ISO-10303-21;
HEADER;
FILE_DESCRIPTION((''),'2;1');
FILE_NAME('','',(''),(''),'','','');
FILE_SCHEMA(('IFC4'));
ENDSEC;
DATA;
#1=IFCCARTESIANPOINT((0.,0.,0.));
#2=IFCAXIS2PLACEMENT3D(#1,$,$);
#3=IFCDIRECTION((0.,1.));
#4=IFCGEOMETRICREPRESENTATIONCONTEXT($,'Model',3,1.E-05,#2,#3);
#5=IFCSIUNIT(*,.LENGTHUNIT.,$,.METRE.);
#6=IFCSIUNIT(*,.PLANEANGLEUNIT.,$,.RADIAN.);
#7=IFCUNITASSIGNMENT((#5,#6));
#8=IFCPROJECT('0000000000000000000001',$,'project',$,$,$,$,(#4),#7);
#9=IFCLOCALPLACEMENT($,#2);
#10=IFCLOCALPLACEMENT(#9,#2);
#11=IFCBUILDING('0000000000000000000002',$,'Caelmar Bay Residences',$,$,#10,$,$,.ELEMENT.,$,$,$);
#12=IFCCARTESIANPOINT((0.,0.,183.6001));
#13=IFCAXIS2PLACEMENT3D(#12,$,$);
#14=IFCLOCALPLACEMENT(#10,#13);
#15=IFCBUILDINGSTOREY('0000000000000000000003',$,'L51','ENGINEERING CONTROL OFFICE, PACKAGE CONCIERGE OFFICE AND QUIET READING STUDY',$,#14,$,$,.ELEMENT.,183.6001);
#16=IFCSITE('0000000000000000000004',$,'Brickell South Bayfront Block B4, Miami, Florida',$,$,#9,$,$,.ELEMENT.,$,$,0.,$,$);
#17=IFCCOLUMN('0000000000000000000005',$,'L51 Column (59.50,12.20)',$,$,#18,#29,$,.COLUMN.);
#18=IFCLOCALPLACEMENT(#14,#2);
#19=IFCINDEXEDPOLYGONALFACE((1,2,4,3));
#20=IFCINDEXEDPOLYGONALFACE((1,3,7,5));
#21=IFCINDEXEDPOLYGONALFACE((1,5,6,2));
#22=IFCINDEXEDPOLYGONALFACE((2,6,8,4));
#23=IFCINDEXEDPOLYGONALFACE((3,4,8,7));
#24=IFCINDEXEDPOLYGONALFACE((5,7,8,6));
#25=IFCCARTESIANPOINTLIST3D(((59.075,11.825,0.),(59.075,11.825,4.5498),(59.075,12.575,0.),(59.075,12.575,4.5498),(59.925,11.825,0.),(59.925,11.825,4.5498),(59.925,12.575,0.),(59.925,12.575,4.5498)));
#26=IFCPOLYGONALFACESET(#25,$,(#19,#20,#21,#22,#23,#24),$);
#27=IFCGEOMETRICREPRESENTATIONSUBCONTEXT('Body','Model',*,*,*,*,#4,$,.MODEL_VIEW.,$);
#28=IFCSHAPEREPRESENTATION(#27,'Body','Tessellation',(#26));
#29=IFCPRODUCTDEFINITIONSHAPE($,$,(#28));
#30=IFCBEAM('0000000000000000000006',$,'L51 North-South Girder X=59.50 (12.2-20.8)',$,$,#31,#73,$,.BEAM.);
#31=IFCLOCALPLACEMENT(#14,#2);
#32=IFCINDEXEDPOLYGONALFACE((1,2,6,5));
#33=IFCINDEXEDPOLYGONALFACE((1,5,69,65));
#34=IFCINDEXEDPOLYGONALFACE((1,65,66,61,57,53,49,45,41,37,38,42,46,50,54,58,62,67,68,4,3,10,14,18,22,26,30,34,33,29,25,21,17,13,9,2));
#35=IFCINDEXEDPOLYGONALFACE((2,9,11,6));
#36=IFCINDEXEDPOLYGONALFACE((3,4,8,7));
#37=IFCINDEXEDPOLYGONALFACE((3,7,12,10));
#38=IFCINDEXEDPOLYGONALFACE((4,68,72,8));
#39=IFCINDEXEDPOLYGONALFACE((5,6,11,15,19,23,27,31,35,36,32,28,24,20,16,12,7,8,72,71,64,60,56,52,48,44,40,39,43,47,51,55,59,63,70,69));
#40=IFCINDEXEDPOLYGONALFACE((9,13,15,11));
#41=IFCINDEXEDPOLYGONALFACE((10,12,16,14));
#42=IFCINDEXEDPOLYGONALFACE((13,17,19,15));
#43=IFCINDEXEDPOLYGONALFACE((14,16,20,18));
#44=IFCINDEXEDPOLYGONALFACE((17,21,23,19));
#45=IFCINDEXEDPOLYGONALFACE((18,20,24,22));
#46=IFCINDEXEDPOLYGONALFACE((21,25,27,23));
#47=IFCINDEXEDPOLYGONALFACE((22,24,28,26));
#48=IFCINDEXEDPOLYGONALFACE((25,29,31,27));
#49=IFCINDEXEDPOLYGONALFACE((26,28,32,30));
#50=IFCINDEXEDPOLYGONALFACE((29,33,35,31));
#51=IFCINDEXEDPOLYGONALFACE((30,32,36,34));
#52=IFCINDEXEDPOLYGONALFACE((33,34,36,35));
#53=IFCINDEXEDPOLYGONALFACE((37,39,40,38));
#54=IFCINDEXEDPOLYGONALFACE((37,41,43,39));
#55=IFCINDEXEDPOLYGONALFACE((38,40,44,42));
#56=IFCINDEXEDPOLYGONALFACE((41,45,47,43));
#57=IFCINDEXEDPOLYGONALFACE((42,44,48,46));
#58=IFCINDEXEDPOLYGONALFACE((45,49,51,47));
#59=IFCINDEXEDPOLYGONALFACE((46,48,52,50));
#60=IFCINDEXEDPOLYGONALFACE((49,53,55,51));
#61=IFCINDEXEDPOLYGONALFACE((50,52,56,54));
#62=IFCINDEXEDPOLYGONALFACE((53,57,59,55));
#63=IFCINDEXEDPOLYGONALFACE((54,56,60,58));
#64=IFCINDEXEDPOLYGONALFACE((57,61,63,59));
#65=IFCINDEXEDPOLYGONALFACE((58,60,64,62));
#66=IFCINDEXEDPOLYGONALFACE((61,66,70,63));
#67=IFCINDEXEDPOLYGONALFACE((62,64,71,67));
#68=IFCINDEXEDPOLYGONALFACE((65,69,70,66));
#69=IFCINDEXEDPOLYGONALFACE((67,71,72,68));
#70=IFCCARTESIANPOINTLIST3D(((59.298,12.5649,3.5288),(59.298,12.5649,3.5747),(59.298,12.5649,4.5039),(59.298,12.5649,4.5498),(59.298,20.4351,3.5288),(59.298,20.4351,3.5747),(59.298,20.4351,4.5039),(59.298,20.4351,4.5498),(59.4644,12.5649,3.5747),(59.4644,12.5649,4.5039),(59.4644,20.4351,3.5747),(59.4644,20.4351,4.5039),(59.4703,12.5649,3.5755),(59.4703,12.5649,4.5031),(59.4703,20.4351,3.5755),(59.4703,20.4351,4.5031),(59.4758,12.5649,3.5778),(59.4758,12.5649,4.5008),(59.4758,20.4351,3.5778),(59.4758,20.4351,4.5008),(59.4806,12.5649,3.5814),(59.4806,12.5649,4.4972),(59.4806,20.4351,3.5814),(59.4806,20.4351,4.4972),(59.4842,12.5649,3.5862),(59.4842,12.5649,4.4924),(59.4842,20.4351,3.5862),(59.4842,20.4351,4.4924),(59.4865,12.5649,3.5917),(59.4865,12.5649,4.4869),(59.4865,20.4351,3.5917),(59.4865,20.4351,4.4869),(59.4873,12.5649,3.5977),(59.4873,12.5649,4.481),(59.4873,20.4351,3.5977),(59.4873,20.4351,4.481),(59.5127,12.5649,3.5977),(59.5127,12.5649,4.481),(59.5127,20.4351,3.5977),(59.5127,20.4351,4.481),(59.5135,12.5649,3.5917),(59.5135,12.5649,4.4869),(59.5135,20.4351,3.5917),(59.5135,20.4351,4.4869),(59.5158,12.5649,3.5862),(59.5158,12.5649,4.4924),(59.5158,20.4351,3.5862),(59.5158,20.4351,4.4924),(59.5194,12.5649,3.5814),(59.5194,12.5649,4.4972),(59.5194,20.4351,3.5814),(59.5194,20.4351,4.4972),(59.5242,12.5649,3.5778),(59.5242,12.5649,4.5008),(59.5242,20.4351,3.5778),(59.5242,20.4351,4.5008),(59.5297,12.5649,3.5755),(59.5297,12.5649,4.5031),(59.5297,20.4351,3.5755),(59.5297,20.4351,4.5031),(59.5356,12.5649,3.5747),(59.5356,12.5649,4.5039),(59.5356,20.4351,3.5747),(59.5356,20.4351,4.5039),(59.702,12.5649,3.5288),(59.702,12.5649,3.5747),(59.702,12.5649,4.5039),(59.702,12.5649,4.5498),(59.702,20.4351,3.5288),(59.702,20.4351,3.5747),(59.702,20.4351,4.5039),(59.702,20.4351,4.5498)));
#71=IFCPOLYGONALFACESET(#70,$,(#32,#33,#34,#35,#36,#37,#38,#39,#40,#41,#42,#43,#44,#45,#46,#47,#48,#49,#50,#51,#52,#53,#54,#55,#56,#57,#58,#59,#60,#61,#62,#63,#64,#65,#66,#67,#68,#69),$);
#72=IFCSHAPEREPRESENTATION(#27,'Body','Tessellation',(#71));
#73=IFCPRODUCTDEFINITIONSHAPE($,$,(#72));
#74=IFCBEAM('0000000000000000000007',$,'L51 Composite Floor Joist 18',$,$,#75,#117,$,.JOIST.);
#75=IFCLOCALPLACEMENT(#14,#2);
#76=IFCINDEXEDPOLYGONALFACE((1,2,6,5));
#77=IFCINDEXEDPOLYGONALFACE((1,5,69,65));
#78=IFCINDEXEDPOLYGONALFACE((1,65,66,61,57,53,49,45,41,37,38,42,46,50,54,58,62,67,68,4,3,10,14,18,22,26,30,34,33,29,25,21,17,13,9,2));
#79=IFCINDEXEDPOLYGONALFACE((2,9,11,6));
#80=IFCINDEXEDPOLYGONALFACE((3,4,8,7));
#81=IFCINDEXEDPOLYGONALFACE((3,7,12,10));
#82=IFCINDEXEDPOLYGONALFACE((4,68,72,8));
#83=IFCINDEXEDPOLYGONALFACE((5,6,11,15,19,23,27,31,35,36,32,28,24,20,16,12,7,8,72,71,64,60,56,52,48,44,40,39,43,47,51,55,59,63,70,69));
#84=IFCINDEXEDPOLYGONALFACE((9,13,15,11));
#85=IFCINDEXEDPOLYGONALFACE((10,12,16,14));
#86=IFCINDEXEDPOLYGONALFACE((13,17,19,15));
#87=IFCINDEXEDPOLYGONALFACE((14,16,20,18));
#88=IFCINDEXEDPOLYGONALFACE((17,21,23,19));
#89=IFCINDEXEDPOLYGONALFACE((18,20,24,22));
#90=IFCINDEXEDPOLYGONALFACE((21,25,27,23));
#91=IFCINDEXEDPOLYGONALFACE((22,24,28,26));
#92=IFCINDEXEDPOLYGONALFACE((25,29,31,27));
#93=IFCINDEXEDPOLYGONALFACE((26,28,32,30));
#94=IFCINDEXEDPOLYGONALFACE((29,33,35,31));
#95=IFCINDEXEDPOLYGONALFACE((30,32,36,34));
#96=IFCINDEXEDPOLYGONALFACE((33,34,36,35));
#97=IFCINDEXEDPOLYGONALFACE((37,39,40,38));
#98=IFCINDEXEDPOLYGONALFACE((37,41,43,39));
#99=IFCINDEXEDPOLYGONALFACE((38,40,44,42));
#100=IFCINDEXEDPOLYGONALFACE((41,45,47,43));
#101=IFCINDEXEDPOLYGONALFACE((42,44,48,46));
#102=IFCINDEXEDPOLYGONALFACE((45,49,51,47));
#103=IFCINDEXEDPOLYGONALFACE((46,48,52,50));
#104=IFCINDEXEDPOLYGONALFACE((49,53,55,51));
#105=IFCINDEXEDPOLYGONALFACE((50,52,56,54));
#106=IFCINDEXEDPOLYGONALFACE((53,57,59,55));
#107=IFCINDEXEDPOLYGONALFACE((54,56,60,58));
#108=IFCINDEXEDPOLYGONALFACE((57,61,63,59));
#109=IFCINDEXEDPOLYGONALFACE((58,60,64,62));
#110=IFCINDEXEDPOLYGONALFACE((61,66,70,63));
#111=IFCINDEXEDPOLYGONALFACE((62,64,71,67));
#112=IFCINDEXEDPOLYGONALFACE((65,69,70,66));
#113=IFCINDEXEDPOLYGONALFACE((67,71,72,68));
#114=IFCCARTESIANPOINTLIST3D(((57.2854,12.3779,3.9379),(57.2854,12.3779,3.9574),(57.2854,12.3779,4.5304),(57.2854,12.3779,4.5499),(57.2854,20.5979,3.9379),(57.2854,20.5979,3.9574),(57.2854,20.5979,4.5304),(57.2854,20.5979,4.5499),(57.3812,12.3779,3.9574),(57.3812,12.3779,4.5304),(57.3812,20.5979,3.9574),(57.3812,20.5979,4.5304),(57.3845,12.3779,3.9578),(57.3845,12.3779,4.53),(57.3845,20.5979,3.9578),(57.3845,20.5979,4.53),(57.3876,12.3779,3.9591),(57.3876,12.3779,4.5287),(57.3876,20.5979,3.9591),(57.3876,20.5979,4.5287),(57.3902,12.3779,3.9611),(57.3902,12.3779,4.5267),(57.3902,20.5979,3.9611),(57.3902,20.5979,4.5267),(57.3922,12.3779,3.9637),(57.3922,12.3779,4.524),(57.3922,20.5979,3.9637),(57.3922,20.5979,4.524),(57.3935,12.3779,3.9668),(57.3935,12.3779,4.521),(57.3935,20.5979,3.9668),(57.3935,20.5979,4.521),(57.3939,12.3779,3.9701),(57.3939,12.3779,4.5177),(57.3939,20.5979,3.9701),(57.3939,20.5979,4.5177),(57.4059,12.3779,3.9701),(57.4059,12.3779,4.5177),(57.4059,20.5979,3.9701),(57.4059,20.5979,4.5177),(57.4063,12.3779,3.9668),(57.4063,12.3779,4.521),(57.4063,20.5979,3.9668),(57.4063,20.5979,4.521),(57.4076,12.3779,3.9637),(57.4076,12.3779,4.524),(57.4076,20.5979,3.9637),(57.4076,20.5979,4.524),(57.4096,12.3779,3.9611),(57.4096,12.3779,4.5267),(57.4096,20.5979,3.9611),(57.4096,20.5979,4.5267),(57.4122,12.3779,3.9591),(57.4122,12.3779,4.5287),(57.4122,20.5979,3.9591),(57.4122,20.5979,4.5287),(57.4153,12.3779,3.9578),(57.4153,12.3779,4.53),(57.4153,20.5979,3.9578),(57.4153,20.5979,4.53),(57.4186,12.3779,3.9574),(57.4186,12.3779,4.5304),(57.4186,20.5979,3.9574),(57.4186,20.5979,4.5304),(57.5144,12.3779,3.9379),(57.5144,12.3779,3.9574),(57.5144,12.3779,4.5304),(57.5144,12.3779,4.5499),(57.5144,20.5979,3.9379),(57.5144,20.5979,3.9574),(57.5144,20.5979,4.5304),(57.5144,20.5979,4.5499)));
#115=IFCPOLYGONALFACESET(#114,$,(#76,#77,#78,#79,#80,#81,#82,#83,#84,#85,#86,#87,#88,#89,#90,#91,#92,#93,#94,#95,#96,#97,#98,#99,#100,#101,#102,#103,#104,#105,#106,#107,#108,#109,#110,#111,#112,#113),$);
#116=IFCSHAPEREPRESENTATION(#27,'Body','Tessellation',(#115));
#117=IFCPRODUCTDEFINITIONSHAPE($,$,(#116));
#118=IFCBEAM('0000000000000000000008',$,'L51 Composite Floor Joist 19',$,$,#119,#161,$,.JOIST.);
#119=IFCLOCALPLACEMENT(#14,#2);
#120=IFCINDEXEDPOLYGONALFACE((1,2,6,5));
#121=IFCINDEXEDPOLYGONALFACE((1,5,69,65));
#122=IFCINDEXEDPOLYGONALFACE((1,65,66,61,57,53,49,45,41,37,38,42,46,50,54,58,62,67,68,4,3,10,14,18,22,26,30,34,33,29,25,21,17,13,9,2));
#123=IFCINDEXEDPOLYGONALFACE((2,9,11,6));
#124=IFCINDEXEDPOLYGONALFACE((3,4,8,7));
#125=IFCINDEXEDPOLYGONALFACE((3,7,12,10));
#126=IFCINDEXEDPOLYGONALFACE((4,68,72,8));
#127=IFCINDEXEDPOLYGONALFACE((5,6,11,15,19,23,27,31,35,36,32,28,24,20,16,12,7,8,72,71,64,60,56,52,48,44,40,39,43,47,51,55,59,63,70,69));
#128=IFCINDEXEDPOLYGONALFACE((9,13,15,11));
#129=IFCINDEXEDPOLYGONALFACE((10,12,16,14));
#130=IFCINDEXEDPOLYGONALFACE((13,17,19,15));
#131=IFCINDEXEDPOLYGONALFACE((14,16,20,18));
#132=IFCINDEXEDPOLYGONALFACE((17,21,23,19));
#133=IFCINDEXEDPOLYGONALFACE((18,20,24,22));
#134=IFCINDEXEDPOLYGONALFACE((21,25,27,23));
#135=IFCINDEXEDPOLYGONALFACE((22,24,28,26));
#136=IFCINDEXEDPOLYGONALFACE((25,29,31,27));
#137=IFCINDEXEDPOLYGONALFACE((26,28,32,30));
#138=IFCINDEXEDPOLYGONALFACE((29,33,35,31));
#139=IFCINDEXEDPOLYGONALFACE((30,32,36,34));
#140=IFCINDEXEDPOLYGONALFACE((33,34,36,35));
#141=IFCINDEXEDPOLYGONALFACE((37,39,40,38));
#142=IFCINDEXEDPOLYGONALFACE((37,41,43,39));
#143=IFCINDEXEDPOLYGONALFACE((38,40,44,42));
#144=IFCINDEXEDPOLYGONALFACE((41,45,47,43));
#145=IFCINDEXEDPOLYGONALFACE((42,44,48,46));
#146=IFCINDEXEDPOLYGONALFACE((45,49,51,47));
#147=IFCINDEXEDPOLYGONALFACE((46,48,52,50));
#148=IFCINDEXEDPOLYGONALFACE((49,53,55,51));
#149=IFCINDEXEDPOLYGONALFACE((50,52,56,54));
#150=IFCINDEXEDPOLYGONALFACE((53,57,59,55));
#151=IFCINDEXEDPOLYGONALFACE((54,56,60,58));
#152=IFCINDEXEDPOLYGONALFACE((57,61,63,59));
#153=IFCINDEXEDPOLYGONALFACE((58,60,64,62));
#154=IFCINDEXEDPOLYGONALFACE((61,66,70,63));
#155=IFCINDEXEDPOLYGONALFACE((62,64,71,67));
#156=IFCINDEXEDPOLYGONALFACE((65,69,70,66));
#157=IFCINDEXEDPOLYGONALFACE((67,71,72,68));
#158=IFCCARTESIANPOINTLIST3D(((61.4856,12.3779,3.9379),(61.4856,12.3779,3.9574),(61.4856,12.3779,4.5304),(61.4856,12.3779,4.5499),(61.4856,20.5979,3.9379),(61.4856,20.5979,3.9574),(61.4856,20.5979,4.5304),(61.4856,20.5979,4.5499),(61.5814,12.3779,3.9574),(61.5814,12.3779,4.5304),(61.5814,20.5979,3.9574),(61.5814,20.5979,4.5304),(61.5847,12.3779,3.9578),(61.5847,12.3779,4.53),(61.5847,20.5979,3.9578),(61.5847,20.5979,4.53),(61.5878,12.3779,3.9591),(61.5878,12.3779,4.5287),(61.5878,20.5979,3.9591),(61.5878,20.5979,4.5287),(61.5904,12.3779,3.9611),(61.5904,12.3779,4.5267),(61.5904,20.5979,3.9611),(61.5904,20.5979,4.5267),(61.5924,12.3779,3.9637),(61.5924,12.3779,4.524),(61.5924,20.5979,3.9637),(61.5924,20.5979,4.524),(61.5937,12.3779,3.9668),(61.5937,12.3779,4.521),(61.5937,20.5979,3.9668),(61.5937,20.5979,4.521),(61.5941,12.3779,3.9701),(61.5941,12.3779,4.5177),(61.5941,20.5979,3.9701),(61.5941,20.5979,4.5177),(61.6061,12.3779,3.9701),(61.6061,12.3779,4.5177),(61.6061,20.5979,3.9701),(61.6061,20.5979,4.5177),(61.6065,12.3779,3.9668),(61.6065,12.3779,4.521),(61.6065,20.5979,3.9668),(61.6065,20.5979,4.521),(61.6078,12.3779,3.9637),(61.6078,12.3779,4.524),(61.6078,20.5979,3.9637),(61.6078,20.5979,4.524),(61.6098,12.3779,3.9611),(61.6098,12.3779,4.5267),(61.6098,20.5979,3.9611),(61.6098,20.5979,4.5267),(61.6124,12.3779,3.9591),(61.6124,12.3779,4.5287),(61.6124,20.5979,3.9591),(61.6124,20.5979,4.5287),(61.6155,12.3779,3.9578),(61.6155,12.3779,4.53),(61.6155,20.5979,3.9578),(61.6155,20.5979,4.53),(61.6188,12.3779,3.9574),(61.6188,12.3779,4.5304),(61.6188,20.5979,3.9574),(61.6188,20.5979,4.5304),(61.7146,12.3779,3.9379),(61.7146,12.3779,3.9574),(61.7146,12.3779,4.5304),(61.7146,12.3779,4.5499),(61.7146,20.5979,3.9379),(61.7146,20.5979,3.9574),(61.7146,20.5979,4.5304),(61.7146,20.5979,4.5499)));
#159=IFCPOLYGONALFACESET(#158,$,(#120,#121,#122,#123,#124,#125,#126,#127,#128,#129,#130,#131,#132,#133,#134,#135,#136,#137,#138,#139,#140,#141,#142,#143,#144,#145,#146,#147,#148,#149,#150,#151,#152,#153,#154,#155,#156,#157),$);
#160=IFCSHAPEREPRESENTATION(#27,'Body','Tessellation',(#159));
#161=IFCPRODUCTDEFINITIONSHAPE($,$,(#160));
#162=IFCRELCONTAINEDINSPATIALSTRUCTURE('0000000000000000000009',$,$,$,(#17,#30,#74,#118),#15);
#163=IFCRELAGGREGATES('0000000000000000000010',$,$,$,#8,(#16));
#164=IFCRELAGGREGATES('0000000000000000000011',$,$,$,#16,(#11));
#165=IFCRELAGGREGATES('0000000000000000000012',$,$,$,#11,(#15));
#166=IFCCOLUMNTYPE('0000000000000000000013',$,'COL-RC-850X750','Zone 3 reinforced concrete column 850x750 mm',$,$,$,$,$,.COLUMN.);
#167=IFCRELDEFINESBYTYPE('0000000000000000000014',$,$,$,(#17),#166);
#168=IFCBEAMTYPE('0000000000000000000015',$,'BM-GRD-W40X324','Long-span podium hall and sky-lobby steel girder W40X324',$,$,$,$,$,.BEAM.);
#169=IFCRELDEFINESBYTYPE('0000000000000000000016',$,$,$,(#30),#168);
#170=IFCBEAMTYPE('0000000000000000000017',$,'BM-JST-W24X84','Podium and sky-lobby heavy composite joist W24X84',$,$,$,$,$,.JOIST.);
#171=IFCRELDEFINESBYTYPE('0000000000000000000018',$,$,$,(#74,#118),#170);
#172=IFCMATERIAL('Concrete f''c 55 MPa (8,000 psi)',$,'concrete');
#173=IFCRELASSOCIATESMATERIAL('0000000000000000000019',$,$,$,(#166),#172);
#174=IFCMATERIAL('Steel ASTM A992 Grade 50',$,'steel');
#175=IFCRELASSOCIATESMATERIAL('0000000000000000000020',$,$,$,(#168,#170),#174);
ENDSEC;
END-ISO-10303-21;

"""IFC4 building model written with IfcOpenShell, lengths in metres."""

from ifc_helpers import new_model, si_unit, direction, frame, origin, origin_2d, place, context, subcontext, project, spatial, rectangle, i_section, extrude, material, material_profile, profile_set, type_object, element, save


model = new_model("IFC4")

# Units and contexts
model_context = context("Model", 3, precision=1e-05, world=origin(), true_north=direction((0.0, 1.0)))
body_context = subcontext(model_context, "Body", "Model", "MODEL_VIEW")
ifc_project = project(units=[si_unit("LENGTHUNIT", "METRE"), si_unit("PLANEANGLEUNIT", "RADIAN")], contexts=[model_context])

# Site, building, storey
site_placement = place(None, origin())
site = spatial("IfcSite", under=ifc_project, at=site_placement, Name="Brickell South Bayfront Block B4, Miami, Florida", CompositionType="ELEMENT", RefElevation=0.0)
building_placement = place(site_placement, origin())
building = spatial("IfcBuilding", under=site, at=building_placement, Name="Caelmar Bay Residences", CompositionType="ELEMENT")
storey_placement = place(building_placement, frame((0.0, 0.0, 183.6001)))
storey = spatial("IfcBuildingStorey", under=building, at=storey_placement, Name="L51", Description="ENGINEERING CONTROL OFFICE, PACKAGE CONCIERGE OFFICE AND QUIET READING STUDY", CompositionType="ELEMENT", Elevation=183.6001)

# Column
ifc_material_1 = material(Name="Concrete f'c 55 MPa (8,000 psi)", Category="concrete")
ifc_material_profile_1 = material_profile(ifc_material_1, rectangle(XDim=0.8501, YDim=0.75, at=origin_2d()), Name="RC-COL-850X750")
ifc_profile_set_1 = profile_set([ifc_material_profile_1], Name="Concrete f'c 55 MPa (8,000 psi)")
column_type = type_object("IfcColumnType", Name="COL-RC-850X750", Description="Zone 3 reinforced concrete column 850x750 mm", PredefinedType="COLUMN", material=ifc_profile_set_1)
column_placement = place(storey_placement, frame((59.5, 12.2, 0.0), z_axis=(0.0, 0.0, 1.0), x_axis=(1.0, 0.0, 0.0)))
element("IfcColumn", 1, at=column_placement, inside=storey, type_object=column_type, Name="L51 Column (59.50,12.20)", PredefinedType="COLUMN", context=body_context, shape_type="SweptSolid", body=[
    extrude(rectangle(XDim=0.8501, YDim=0.75, at=origin_2d()), origin(), (0.0, 0.0, 1.0), 4.5498),
])

# Beams
ifc_material_2 = material(Name="Steel ASTM A992 Grade 50", Category="steel")
ifc_material_profile_2 = material_profile(ifc_material_2, i_section(OverallWidth=0.4041, OverallDepth=1.021, WebThickness=0.0254, FlangeThickness=0.0459, FilletRadius=0.0229, at=origin_2d()), Name="W40X324")
ifc_profile_set_2 = profile_set([ifc_material_profile_2], Name="Steel ASTM A992 Grade 50")
beam_type_1 = type_object("IfcBeamType", Name="BM-GRD-W40X324", Description="Long-span podium hall and sky-lobby steel girder W40X324", PredefinedType="BEAM", material=ifc_profile_set_2)
beam_1_placement = place(storey_placement, frame((59.5, 12.5649, 4.0393), z_axis=(0.0, 1.0, 0.0), x_axis=(-1.0, 0.0, 0.0)))
element("IfcBeam", 2, at=beam_1_placement, inside=storey, type_object=beam_type_1, Name="L51 North-South Girder X=59.50 (12.2-20.8)", PredefinedType="BEAM", context=body_context, shape_type="SweptSolid", body=[
    extrude(i_section(OverallWidth=0.4041, OverallDepth=1.021, WebThickness=0.0254, FlangeThickness=0.0459, FilletRadius=0.0229, at=origin_2d()), origin(), (0.0, 0.0, 1.0), 7.8701),
])
ifc_material_profile_3 = material_profile(ifc_material_2, i_section(OverallWidth=0.229, OverallDepth=0.6121, WebThickness=0.012, FlangeThickness=0.0195, FilletRadius=0.0127, at=origin_2d()), Name="W24X84")
ifc_profile_set_3 = profile_set([ifc_material_profile_3], Name="Steel ASTM A992 Grade 50")
beam_type_2 = type_object("IfcBeamType", Name="BM-JST-W24X84", Description="Podium and sky-lobby heavy composite joist W24X84", PredefinedType="JOIST", material=ifc_profile_set_3)
for number, where, z_axis, x_axis, name in (
    (3, (57.3999, 12.3779, 4.2439), (0.0, 1.0, 0.0), (-1.0, 0.0, 0.0), "L51 Composite Floor Joist 18"),
    (4, (61.6001, 12.3779, 4.2439), (0.0, 1.0, 0.0), (-1.0, 0.0, 0.0), "L51 Composite Floor Joist 19"),
):
    element("IfcBeam", number, at=place(storey_placement, frame(where, z_axis=z_axis, x_axis=x_axis)), inside=storey, type_object=beam_type_2, Name=name, PredefinedType="JOIST", context=body_context, shape_type="SweptSolid", body=[
        extrude(i_section(OverallWidth=0.229, OverallDepth=0.6121, WebThickness=0.012, FlangeThickness=0.0195, FilletRadius=0.0127, at=origin_2d()), origin(), (0.0, 0.0, 1.0), 8.22),
    ])

save(model, "model.ifc")
